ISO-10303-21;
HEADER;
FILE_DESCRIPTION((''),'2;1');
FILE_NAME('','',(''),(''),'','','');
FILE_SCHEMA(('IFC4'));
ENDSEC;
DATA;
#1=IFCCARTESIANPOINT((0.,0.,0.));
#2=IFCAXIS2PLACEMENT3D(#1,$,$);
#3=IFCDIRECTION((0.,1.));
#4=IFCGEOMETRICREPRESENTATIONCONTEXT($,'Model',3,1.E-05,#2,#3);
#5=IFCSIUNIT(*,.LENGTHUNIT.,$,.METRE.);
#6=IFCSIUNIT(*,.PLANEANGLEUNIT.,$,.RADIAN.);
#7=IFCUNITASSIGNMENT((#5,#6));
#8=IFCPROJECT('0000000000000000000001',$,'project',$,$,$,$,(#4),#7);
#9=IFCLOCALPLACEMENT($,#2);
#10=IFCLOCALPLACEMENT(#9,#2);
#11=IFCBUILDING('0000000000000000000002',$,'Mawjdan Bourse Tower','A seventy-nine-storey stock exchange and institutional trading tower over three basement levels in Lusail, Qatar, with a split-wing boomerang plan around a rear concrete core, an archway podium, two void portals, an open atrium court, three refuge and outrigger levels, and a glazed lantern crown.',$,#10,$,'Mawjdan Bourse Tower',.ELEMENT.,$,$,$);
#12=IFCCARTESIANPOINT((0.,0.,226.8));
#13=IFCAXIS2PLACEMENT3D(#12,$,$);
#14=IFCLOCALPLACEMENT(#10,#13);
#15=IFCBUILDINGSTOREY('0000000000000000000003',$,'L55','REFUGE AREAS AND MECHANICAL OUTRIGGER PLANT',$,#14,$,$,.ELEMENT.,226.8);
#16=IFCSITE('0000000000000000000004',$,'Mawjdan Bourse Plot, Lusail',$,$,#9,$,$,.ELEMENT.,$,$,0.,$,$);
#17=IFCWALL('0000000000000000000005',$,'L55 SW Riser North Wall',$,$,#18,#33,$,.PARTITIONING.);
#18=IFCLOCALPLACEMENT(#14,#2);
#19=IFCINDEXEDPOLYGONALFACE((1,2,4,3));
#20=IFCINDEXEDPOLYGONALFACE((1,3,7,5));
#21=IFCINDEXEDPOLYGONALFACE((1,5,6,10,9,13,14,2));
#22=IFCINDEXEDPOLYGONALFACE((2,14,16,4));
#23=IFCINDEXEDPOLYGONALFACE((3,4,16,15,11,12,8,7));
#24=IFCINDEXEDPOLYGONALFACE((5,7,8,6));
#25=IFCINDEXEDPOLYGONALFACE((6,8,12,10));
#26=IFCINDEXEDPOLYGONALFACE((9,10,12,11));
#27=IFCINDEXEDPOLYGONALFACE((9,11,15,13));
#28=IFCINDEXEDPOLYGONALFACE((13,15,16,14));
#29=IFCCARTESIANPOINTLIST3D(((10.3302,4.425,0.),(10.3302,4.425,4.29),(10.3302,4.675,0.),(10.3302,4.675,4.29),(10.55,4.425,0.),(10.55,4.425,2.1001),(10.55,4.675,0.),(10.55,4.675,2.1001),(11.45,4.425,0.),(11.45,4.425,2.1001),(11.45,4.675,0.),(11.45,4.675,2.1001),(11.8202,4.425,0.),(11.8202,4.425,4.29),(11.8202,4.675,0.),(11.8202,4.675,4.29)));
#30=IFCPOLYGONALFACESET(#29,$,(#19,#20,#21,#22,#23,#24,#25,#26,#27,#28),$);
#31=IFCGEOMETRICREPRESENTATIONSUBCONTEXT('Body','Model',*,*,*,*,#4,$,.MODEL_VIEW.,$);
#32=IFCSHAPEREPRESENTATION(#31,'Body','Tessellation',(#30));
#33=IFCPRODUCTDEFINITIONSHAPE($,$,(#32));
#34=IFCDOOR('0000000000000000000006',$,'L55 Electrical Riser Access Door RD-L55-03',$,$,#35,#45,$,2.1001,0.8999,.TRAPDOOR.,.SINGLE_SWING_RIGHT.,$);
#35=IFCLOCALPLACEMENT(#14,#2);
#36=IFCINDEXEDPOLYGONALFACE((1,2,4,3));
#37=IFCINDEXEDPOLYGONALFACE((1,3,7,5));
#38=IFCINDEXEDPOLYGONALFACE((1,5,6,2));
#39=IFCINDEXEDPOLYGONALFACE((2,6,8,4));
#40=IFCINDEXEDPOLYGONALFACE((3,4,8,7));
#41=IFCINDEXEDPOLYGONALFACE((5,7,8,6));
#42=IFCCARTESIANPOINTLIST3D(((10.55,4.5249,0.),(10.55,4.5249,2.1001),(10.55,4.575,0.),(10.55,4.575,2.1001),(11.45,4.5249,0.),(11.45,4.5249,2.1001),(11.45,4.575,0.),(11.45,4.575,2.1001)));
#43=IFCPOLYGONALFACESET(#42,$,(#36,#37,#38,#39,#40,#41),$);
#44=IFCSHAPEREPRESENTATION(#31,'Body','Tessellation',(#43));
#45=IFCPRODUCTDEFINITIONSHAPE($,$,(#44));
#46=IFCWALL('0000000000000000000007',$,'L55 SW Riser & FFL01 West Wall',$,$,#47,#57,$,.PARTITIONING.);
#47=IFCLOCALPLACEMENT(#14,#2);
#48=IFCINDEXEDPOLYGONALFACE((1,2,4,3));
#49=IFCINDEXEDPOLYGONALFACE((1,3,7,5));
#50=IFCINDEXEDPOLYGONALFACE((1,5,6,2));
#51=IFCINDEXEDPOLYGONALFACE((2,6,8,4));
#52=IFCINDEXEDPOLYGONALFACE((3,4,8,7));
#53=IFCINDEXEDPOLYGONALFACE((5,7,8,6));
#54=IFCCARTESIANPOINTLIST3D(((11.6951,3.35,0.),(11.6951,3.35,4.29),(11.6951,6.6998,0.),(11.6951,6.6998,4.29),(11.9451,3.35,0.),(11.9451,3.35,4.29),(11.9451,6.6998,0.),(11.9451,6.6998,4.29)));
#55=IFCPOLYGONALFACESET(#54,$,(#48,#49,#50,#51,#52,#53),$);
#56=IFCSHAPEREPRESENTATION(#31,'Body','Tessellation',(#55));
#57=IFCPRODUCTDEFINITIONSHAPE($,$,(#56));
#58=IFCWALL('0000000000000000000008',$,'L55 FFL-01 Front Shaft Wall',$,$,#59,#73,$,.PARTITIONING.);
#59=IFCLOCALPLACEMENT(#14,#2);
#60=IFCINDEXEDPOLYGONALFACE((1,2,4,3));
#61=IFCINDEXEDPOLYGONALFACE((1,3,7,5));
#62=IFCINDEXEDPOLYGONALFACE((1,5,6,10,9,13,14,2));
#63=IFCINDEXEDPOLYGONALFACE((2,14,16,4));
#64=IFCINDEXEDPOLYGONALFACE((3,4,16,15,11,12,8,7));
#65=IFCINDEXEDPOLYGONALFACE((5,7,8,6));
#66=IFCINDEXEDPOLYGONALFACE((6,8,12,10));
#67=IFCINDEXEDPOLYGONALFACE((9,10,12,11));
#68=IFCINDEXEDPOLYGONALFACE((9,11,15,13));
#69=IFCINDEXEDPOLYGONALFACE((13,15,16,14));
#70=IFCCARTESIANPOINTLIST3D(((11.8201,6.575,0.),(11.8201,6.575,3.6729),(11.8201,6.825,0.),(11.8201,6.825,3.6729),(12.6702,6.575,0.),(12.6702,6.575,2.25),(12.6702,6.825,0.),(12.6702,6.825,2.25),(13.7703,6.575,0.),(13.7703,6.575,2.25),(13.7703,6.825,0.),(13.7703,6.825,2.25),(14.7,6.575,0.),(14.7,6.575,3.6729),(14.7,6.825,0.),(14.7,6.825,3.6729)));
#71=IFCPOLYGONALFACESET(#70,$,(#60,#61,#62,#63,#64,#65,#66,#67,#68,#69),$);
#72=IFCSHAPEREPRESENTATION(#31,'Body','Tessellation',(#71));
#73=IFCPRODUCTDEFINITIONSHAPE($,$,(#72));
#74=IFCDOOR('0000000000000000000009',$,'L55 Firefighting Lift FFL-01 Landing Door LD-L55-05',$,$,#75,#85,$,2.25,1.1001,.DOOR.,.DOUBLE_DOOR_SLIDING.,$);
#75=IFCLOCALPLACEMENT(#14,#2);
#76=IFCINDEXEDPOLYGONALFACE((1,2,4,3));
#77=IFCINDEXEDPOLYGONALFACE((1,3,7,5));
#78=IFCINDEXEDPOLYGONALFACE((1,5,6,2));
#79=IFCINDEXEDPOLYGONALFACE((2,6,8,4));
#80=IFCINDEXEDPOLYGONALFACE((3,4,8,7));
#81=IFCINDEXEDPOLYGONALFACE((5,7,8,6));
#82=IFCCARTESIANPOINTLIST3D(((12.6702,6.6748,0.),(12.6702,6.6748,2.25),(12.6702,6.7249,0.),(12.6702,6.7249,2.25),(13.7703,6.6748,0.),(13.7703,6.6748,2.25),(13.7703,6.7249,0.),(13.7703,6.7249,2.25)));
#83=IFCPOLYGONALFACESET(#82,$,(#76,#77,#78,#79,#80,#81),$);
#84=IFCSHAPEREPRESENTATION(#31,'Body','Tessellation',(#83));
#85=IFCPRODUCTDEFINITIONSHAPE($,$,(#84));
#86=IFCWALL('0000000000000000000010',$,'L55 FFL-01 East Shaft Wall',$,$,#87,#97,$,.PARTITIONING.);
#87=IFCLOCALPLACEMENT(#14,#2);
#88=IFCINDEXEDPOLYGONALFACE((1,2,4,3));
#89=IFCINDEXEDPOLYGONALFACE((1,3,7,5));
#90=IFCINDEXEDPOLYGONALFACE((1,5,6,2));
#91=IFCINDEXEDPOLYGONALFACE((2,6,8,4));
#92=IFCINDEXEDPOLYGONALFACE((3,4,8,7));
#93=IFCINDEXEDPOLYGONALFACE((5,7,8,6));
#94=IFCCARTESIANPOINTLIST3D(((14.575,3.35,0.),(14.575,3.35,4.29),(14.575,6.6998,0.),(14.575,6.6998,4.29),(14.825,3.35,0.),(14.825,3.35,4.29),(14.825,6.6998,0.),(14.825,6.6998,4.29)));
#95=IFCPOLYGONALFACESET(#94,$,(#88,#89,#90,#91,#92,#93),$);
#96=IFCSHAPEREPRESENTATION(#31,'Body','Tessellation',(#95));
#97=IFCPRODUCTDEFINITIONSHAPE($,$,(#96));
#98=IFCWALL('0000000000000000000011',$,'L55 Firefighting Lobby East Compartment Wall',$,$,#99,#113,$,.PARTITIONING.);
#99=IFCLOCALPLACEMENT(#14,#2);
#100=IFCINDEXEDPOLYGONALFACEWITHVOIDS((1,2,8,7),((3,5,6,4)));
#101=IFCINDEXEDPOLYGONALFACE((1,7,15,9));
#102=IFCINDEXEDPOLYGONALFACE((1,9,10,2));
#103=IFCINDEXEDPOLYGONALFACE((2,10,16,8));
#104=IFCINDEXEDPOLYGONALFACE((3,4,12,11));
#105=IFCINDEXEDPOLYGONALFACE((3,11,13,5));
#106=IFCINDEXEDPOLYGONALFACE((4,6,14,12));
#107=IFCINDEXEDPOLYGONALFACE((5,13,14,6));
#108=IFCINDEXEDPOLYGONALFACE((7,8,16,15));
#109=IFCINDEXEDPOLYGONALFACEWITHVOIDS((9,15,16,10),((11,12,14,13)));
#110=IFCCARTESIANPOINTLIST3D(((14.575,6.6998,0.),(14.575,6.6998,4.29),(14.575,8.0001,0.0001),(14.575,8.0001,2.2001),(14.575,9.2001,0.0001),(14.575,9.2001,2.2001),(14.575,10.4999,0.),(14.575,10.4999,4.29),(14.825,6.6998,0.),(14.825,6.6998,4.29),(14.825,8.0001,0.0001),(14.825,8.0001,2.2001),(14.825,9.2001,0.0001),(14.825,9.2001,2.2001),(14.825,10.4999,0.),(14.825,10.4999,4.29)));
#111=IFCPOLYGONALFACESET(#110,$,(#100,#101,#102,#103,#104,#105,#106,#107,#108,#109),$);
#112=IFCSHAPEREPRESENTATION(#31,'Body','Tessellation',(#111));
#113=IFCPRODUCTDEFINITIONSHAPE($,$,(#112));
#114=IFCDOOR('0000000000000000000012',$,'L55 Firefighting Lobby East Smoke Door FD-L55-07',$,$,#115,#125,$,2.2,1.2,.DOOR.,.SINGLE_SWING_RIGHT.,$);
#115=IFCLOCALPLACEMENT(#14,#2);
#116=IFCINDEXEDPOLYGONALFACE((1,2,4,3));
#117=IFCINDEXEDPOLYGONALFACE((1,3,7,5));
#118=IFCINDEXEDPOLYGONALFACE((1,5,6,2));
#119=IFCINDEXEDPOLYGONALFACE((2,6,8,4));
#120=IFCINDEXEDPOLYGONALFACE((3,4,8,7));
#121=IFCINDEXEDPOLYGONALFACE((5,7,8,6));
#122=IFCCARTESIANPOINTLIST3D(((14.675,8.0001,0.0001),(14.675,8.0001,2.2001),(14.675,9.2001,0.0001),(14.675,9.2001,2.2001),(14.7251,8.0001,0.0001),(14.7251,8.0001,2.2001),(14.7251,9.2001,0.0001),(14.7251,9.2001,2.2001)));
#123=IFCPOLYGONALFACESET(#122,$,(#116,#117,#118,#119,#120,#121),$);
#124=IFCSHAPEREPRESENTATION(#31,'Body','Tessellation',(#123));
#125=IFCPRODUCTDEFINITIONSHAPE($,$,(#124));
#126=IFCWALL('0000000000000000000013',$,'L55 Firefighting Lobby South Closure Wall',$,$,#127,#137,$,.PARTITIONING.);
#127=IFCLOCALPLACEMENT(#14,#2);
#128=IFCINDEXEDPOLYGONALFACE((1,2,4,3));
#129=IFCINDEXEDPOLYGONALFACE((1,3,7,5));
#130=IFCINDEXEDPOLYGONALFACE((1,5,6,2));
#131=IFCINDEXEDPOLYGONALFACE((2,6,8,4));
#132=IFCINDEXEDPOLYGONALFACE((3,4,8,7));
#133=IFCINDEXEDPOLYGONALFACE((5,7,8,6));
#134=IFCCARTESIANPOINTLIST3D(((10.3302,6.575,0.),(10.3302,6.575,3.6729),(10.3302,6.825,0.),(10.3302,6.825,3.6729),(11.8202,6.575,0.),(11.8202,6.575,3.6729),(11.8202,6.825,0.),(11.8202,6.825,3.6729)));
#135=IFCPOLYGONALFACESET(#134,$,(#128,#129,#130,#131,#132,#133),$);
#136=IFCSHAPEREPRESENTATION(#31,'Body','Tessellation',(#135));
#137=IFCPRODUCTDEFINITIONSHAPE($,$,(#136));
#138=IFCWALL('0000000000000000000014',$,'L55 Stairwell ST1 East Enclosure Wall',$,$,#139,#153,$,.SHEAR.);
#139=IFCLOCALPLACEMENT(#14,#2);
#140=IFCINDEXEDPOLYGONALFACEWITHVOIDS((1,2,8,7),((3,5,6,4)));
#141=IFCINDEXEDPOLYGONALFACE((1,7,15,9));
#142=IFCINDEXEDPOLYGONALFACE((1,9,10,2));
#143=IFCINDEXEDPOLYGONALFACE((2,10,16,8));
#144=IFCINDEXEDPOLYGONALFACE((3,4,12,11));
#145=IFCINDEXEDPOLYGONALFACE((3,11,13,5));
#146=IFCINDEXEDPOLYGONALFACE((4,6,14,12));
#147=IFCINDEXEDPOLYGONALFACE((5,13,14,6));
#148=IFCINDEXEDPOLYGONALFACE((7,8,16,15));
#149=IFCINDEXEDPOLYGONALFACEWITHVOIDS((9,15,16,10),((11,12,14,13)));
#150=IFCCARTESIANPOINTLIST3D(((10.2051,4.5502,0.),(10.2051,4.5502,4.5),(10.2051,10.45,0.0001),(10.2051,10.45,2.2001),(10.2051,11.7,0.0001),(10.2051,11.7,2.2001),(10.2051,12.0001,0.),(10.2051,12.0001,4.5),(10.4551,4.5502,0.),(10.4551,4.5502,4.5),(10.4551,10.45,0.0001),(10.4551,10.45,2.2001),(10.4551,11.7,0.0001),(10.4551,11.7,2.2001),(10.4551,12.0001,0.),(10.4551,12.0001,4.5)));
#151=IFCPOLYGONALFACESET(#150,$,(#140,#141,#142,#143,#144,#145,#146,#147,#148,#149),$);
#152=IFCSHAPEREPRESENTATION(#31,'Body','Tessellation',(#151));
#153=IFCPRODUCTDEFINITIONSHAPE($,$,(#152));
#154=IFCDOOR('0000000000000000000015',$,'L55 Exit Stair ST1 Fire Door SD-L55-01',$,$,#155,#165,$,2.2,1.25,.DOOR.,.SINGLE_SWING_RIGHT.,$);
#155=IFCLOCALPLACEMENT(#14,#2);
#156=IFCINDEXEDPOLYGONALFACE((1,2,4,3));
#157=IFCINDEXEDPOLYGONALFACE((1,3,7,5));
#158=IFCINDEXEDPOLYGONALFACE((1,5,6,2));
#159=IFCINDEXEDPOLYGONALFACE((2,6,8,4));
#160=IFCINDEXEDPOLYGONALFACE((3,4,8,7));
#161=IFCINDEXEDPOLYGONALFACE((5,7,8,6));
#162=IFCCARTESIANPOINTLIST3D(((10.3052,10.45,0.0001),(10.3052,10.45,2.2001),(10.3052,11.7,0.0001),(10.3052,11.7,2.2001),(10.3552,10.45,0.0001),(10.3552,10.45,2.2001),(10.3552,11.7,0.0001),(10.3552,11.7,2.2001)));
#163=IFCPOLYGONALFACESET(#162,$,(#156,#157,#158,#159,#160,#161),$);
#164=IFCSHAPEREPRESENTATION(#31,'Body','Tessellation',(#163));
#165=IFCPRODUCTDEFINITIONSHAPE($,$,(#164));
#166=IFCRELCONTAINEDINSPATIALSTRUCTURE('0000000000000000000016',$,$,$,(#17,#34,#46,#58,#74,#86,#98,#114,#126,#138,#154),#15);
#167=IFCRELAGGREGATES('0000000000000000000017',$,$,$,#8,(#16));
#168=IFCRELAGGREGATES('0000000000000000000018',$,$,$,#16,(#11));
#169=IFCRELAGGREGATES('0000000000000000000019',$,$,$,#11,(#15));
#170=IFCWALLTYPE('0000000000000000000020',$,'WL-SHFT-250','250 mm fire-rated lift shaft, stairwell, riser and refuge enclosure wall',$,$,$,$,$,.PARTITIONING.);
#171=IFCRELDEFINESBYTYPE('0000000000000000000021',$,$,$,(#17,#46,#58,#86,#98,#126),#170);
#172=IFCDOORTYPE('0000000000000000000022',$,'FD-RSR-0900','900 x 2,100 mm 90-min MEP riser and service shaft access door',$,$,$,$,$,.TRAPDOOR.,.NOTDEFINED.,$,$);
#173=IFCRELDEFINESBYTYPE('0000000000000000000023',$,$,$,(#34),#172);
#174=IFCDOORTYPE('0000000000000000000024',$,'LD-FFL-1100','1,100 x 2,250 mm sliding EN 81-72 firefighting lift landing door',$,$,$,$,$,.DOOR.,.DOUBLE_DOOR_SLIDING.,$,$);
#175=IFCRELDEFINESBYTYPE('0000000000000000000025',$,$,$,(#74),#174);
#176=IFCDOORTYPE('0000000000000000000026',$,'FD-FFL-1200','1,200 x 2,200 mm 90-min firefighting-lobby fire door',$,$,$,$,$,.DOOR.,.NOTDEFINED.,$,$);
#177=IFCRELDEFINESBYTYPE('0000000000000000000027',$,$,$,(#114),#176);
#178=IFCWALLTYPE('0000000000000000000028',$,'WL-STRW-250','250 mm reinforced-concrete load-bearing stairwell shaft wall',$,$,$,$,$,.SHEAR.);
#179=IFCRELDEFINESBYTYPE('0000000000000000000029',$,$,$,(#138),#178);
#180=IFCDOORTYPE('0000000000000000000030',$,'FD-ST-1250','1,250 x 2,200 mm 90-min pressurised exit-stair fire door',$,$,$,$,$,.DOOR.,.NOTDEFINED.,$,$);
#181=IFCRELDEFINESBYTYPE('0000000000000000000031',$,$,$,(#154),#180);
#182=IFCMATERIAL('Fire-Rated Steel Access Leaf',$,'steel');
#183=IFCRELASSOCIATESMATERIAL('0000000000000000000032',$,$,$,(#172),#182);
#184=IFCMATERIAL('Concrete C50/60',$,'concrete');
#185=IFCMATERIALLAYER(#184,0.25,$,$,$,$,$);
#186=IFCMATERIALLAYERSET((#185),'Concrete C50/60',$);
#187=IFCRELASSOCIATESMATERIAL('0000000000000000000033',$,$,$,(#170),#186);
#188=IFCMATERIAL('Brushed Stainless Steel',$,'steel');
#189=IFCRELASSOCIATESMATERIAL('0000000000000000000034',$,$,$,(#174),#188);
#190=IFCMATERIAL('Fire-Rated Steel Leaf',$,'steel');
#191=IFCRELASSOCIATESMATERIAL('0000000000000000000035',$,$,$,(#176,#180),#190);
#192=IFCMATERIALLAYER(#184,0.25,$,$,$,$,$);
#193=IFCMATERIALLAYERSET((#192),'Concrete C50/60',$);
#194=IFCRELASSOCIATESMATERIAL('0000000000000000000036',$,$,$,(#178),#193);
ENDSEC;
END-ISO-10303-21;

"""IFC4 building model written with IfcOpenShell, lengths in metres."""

from ifc_helpers import new_model, si_unit, direction, frame, frame_2d, origin, place, context, subcontext, project, spatial, rectangle, extrude, material, layer, layer_set, type_object, element, fill, save


model = new_model("IFC4")

# Units and contexts
model_context = context("Model", 3, precision=1e-05, world=origin(), true_north=direction((0.0, 1.0)))
body_context = subcontext(model_context, "Body", "Model", "MODEL_VIEW")
ifc_project = project(units=[si_unit("LENGTHUNIT", "METRE"), si_unit("PLANEANGLEUNIT", "RADIAN")], contexts=[model_context])

# Site, building, storey
site_placement = place(None, origin())
site = spatial("IfcSite", under=ifc_project, at=site_placement, Name="Mawjdan Bourse Plot, Lusail", CompositionType="ELEMENT", RefElevation=0.0)
building_placement = place(site_placement, origin())
building = spatial("IfcBuilding", under=site, at=building_placement, Name="Mawjdan Bourse Tower", Description="A seventy-nine-storey stock exchange and institutional trading tower over three basement levels in Lusail, Qatar, with a split-wing boomerang plan around a rear concrete core, an archway podium, two void portals, an open atrium court, three refuge and outrigger levels, and a glazed lantern crown.", LongName="Mawjdan Bourse Tower", CompositionType="ELEMENT")
storey_placement = place(building_placement, frame((0.0, 0.0, 226.8)))
storey = spatial("IfcBuildingStorey", under=building, at=storey_placement, Name="L55", Description="REFUGE AREAS AND MECHANICAL OUTRIGGER PLANT", CompositionType="ELEMENT", Elevation=226.8)

# Shared definitions
ifc_material_1 = material(Name="Concrete C50/60", Category="concrete")

# Shared definitions
ifc_material_2 = material(Name="Fire-Rated Steel Access Leaf", Category="steel")
door_type_1 = type_object("IfcDoorType", Name="FD-RSR-0900", Description="900 x 2,100 mm 90-min MEP riser and service shaft access door", OperationType="NOTDEFINED", PredefinedType="TRAPDOOR", material=ifc_material_2)

# Wall, opening, door
ifc_layer_1 = layer(ifc_material_1, 0.25)
ifc_layer_set_1 = layer_set([ifc_layer_1], Name="Concrete C50/60")
wall_type_1 = type_object("IfcWallType", Name="WL-SHFT-250", Description="250 mm fire-rated lift shaft, stairwell, riser and refuge enclosure wall", PredefinedType="PARTITIONING", material=ifc_layer_set_1)
wall_1_placement = place(storey_placement, frame((10.3301, 4.55, 0.0), z_axis=(0.0, 0.0, 1.0), x_axis=(1.0, 0.0, 0.0)))
wall_1 = element("IfcWall", 1, at=wall_1_placement, inside=storey, type_object=wall_type_1, Name="L55 SW Riser North Wall", PredefinedType="PARTITIONING", context=body_context, shape_type="SweptSolid", body=[
    extrude(rectangle(XDim=1.49, YDim=0.25, at=frame_2d((0.7451, 0.0))), origin(), (0.0, 0.0, 1.0), 4.29),
])
opening_1_placement = place(wall_1_placement, frame((0.22, 0.0, 0.0)))
opening_1 = element("IfcOpeningElement", 2, at=opening_1_placement, cuts=wall_1, PredefinedType="OPENING", context=body_context, shape_type="SweptSolid", body=[
    extrude(rectangle(XDim=0.8999, YDim=2.1001, at=frame_2d((0.45, 1.05))), frame((0.0, 0.135, 0.0), z_axis=(0.0, -1.0, 0.0), x_axis=(1.0, 0.0, 0.0)), (0.0, 0.0, 1.0), 0.27),
])
door_1_placement = place(opening_1_placement, origin())
door_1 = element("IfcDoor", 3, at=door_1_placement, inside=storey, type_object=door_type_1, Name="L55 Electrical Riser Access Door RD-L55-03", OperationType="SINGLE_SWING_RIGHT", OverallHeight=2.1001, OverallWidth=0.8999, PredefinedType="TRAPDOOR", context=body_context, shape_type="SweptSolid", body=[
    extrude(rectangle(XDim=0.8999, YDim=2.1001, at=frame_2d((0.45, 1.05))), frame((0.0, 0.0249, 0.0), z_axis=(0.0, -1.0, 0.0), x_axis=(1.0, 0.0, 0.0)), (0.0, 0.0, 1.0), 0.05),
])
fill(opening_1, door_1)

# Wall
wall_2_placement = place(storey_placement, frame((11.8201, 3.3501, 0.0), z_axis=(0.0, 0.0, 1.0), x_axis=(0.0, 1.0, 0.0)))
element("IfcWall", 4, at=wall_2_placement, inside=storey, type_object=wall_type_1, Name="L55 SW Riser & FFL01 West Wall", PredefinedType="PARTITIONING", context=body_context, shape_type="SweptSolid", body=[
    extrude(rectangle(XDim=3.3499, YDim=0.25, at=frame_2d((1.6748, 0.0))), origin(), (0.0, 0.0, 1.0), 4.29),
])

# Wall, opening, door
wall_3_placement = place(storey_placement, frame((11.8201, 6.7, 0.0), z_axis=(0.0, 0.0, 1.0), x_axis=(1.0, 0.0, 0.0)))
wall_3 = element("IfcWall", 5, at=wall_3_placement, inside=storey, type_object=wall_type_1, Name="L55 FFL-01 Front Shaft Wall", PredefinedType="PARTITIONING", context=body_context, shape_type="SweptSolid", body=[
    extrude(rectangle(XDim=2.8799, YDim=0.25, at=frame_2d((1.4399, 0.0))), origin(), (0.0, 0.0, 1.0), 3.6729),
])
opening_2_placement = place(wall_3_placement, frame((0.8501, 0.0, 0.0)))
opening_2 = element("IfcOpeningElement", 6, at=opening_2_placement, cuts=wall_3, PredefinedType="OPENING", context=body_context, shape_type="SweptSolid", body=[
    extrude(rectangle(XDim=1.1001, YDim=2.25, at=frame_2d((0.55, 1.125))), frame((0.0, 0.135, 0.0), z_axis=(0.0, -1.0, 0.0), x_axis=(1.0, 0.0, 0.0)), (0.0, 0.0, 1.0), 0.27),
])
ifc_material_3 = material(Name="Brushed Stainless Steel", Category="steel")
door_type_2 = type_object("IfcDoorType", Name="LD-FFL-1100", Description="1,100 x 2,250 mm sliding EN 81-72 firefighting lift landing door", OperationType="DOUBLE_DOOR_SLIDING", PredefinedType="DOOR", material=ifc_material_3)
door_2_placement = place(opening_2_placement, origin())
door_2 = element("IfcDoor", 7, at=door_2_placement, inside=storey, type_object=door_type_2, Name="L55 Firefighting Lift FFL-01 Landing Door LD-L55-05", OperationType="DOUBLE_DOOR_SLIDING", OverallHeight=2.25, OverallWidth=1.1001, PredefinedType="DOOR", context=body_context, shape_type="SweptSolid", body=[
    extrude(rectangle(XDim=1.1001, YDim=2.25, at=frame_2d((0.55, 1.125))), frame((0.0, 0.0249, 0.0), z_axis=(0.0, -1.0, 0.0), x_axis=(1.0, 0.0, 0.0)), (0.0, 0.0, 1.0), 0.05),
])
fill(opening_2, door_2)

# Wall
wall_4_placement = place(storey_placement, frame((14.7, 3.3501, 0.0), z_axis=(0.0, 0.0, 1.0), x_axis=(0.0, 1.0, 0.0)))
element("IfcWall", 8, at=wall_4_placement, inside=storey, type_object=wall_type_1, Name="L55 FFL-01 East Shaft Wall", PredefinedType="PARTITIONING", context=body_context, shape_type="SweptSolid", body=[
    extrude(rectangle(XDim=3.3499, YDim=0.25, at=frame_2d((1.6748, 0.0))), origin(), (0.0, 0.0, 1.0), 4.29),
])

# Wall, opening, door
wall_5_placement = place(storey_placement, frame((14.7, 6.7, 0.0), z_axis=(0.0, 0.0, 1.0), x_axis=(0.0, 1.0, 0.0)))
wall_5 = element("IfcWall", 9, at=wall_5_placement, inside=storey, type_object=wall_type_1, Name="L55 Firefighting Lobby East Compartment Wall", PredefinedType="PARTITIONING", context=body_context, shape_type="SweptSolid", body=[
    extrude(rectangle(XDim=3.8, YDim=0.25, at=frame_2d((1.8999, 0.0))), origin(), (0.0, 0.0, 1.0), 4.29),
])
opening_3_placement = place(wall_5_placement, frame((1.3, 0.0, 0.0)))
opening_3 = element("IfcOpeningElement", 10, at=opening_3_placement, cuts=wall_5, PredefinedType="OPENING", context=body_context, shape_type="SweptSolid", body=[
    extrude(rectangle(XDim=1.2, YDim=2.2, at=frame_2d((0.6001, 1.1001))), frame((0.0, 0.135, 0.0), z_axis=(0.0, -1.0, 0.0), x_axis=(1.0, 0.0, 0.0)), (0.0, 0.0, 1.0), 0.27),
])
ifc_material_4 = material(Name="Fire-Rated Steel Leaf", Category="steel")
door_type_3 = type_object("IfcDoorType", Name="FD-FFL-1200", Description="1,200 x 2,200 mm 90-min firefighting-lobby fire door", OperationType="NOTDEFINED", PredefinedType="DOOR", material=ifc_material_4)
door_3_placement = place(opening_3_placement, origin())
door_3 = element("IfcDoor", 11, at=door_3_placement, inside=storey, type_object=door_type_3, Name="L55 Firefighting Lobby East Smoke Door FD-L55-07", OperationType="SINGLE_SWING_RIGHT", OverallHeight=2.2, OverallWidth=1.2, PredefinedType="DOOR", context=body_context, shape_type="SweptSolid", body=[
    extrude(rectangle(XDim=1.2, YDim=2.2, at=frame_2d((0.6001, 1.1001))), frame((0.0, 0.0249, 0.0), z_axis=(0.0, -1.0, 0.0), x_axis=(1.0, 0.0, 0.0)), (0.0, 0.0, 1.0), 0.05),
])
fill(opening_3, door_3)

# Wall
wall_6_placement = place(storey_placement, frame((10.3301, 6.7, 0.0), z_axis=(0.0, 0.0, 1.0), x_axis=(1.0, 0.0, 0.0)))
element("IfcWall", 12, at=wall_6_placement, inside=storey, type_object=wall_type_1, Name="L55 Firefighting Lobby South Closure Wall", PredefinedType="PARTITIONING", context=body_context, shape_type="SweptSolid", body=[
    extrude(rectangle(XDim=1.49, YDim=0.25, at=frame_2d((0.7451, 0.0))), origin(), (0.0, 0.0, 1.0), 3.6729),
])
ifc_layer_2 = layer(ifc_material_1, 0.25)
ifc_layer_set_2 = layer_set([ifc_layer_2], Name="Concrete C50/60")
wall_type_2 = type_object("IfcWallType", Name="WL-STRW-250", Description="250 mm reinforced-concrete load-bearing stairwell shaft wall", PredefinedType="SHEAR", material=ifc_layer_set_2)

# Wall, opening, door
wall_7_placement = place(storey_placement, frame((10.3301, 4.55, 0.0), z_axis=(0.0, 0.0, 1.0), x_axis=(0.0, 1.0, 0.0)))
wall_7 = element("IfcWall", 13, at=wall_7_placement, inside=storey, type_object=wall_type_2, Name="L55 Stairwell ST1 East Enclosure Wall", PredefinedType="SHEAR", context=body_context, shape_type="SweptSolid", body=[
    extrude(rectangle(XDim=7.45, YDim=0.25, at=frame_2d((3.7251, 0.0))), origin(), (0.0, 0.0, 1.0), 4.5),
])
opening_4_placement = place(wall_7_placement, frame((5.8999, 0.0, 0.0)))
opening_4 = element("IfcOpeningElement", 14, at=opening_4_placement, cuts=wall_7, PredefinedType="OPENING", context=body_context, shape_type="SweptSolid", body=[
    extrude(rectangle(XDim=1.25, YDim=2.2, at=frame_2d((0.625, 1.1001))), frame((0.0, 0.135, 0.0), z_axis=(0.0, -1.0, 0.0), x_axis=(1.0, 0.0, 0.0)), (0.0, 0.0, 1.0), 0.27),
])
door_type_4 = type_object("IfcDoorType", Name="FD-ST-1250", Description="1,250 x 2,200 mm 90-min pressurised exit-stair fire door", OperationType="NOTDEFINED", PredefinedType="DOOR", material=ifc_material_4)
door_4_placement = place(opening_4_placement, origin())
door_4 = element("IfcDoor", 15, at=door_4_placement, inside=storey, type_object=door_type_4, Name="L55 Exit Stair ST1 Fire Door SD-L55-01", OperationType="SINGLE_SWING_RIGHT", OverallHeight=2.2, OverallWidth=1.25, PredefinedType="DOOR", context=body_context, shape_type="SweptSolid", body=[
    extrude(rectangle(XDim=1.25, YDim=2.2, at=frame_2d((0.625, 1.1001))), frame((0.0, 0.0249, 0.0), z_axis=(0.0, -1.0, 0.0), x_axis=(1.0, 0.0, 0.0)), (0.0, 0.0, 1.0), 0.05),
])
fill(opening_4, door_4)

save(model, "model.ifc")
